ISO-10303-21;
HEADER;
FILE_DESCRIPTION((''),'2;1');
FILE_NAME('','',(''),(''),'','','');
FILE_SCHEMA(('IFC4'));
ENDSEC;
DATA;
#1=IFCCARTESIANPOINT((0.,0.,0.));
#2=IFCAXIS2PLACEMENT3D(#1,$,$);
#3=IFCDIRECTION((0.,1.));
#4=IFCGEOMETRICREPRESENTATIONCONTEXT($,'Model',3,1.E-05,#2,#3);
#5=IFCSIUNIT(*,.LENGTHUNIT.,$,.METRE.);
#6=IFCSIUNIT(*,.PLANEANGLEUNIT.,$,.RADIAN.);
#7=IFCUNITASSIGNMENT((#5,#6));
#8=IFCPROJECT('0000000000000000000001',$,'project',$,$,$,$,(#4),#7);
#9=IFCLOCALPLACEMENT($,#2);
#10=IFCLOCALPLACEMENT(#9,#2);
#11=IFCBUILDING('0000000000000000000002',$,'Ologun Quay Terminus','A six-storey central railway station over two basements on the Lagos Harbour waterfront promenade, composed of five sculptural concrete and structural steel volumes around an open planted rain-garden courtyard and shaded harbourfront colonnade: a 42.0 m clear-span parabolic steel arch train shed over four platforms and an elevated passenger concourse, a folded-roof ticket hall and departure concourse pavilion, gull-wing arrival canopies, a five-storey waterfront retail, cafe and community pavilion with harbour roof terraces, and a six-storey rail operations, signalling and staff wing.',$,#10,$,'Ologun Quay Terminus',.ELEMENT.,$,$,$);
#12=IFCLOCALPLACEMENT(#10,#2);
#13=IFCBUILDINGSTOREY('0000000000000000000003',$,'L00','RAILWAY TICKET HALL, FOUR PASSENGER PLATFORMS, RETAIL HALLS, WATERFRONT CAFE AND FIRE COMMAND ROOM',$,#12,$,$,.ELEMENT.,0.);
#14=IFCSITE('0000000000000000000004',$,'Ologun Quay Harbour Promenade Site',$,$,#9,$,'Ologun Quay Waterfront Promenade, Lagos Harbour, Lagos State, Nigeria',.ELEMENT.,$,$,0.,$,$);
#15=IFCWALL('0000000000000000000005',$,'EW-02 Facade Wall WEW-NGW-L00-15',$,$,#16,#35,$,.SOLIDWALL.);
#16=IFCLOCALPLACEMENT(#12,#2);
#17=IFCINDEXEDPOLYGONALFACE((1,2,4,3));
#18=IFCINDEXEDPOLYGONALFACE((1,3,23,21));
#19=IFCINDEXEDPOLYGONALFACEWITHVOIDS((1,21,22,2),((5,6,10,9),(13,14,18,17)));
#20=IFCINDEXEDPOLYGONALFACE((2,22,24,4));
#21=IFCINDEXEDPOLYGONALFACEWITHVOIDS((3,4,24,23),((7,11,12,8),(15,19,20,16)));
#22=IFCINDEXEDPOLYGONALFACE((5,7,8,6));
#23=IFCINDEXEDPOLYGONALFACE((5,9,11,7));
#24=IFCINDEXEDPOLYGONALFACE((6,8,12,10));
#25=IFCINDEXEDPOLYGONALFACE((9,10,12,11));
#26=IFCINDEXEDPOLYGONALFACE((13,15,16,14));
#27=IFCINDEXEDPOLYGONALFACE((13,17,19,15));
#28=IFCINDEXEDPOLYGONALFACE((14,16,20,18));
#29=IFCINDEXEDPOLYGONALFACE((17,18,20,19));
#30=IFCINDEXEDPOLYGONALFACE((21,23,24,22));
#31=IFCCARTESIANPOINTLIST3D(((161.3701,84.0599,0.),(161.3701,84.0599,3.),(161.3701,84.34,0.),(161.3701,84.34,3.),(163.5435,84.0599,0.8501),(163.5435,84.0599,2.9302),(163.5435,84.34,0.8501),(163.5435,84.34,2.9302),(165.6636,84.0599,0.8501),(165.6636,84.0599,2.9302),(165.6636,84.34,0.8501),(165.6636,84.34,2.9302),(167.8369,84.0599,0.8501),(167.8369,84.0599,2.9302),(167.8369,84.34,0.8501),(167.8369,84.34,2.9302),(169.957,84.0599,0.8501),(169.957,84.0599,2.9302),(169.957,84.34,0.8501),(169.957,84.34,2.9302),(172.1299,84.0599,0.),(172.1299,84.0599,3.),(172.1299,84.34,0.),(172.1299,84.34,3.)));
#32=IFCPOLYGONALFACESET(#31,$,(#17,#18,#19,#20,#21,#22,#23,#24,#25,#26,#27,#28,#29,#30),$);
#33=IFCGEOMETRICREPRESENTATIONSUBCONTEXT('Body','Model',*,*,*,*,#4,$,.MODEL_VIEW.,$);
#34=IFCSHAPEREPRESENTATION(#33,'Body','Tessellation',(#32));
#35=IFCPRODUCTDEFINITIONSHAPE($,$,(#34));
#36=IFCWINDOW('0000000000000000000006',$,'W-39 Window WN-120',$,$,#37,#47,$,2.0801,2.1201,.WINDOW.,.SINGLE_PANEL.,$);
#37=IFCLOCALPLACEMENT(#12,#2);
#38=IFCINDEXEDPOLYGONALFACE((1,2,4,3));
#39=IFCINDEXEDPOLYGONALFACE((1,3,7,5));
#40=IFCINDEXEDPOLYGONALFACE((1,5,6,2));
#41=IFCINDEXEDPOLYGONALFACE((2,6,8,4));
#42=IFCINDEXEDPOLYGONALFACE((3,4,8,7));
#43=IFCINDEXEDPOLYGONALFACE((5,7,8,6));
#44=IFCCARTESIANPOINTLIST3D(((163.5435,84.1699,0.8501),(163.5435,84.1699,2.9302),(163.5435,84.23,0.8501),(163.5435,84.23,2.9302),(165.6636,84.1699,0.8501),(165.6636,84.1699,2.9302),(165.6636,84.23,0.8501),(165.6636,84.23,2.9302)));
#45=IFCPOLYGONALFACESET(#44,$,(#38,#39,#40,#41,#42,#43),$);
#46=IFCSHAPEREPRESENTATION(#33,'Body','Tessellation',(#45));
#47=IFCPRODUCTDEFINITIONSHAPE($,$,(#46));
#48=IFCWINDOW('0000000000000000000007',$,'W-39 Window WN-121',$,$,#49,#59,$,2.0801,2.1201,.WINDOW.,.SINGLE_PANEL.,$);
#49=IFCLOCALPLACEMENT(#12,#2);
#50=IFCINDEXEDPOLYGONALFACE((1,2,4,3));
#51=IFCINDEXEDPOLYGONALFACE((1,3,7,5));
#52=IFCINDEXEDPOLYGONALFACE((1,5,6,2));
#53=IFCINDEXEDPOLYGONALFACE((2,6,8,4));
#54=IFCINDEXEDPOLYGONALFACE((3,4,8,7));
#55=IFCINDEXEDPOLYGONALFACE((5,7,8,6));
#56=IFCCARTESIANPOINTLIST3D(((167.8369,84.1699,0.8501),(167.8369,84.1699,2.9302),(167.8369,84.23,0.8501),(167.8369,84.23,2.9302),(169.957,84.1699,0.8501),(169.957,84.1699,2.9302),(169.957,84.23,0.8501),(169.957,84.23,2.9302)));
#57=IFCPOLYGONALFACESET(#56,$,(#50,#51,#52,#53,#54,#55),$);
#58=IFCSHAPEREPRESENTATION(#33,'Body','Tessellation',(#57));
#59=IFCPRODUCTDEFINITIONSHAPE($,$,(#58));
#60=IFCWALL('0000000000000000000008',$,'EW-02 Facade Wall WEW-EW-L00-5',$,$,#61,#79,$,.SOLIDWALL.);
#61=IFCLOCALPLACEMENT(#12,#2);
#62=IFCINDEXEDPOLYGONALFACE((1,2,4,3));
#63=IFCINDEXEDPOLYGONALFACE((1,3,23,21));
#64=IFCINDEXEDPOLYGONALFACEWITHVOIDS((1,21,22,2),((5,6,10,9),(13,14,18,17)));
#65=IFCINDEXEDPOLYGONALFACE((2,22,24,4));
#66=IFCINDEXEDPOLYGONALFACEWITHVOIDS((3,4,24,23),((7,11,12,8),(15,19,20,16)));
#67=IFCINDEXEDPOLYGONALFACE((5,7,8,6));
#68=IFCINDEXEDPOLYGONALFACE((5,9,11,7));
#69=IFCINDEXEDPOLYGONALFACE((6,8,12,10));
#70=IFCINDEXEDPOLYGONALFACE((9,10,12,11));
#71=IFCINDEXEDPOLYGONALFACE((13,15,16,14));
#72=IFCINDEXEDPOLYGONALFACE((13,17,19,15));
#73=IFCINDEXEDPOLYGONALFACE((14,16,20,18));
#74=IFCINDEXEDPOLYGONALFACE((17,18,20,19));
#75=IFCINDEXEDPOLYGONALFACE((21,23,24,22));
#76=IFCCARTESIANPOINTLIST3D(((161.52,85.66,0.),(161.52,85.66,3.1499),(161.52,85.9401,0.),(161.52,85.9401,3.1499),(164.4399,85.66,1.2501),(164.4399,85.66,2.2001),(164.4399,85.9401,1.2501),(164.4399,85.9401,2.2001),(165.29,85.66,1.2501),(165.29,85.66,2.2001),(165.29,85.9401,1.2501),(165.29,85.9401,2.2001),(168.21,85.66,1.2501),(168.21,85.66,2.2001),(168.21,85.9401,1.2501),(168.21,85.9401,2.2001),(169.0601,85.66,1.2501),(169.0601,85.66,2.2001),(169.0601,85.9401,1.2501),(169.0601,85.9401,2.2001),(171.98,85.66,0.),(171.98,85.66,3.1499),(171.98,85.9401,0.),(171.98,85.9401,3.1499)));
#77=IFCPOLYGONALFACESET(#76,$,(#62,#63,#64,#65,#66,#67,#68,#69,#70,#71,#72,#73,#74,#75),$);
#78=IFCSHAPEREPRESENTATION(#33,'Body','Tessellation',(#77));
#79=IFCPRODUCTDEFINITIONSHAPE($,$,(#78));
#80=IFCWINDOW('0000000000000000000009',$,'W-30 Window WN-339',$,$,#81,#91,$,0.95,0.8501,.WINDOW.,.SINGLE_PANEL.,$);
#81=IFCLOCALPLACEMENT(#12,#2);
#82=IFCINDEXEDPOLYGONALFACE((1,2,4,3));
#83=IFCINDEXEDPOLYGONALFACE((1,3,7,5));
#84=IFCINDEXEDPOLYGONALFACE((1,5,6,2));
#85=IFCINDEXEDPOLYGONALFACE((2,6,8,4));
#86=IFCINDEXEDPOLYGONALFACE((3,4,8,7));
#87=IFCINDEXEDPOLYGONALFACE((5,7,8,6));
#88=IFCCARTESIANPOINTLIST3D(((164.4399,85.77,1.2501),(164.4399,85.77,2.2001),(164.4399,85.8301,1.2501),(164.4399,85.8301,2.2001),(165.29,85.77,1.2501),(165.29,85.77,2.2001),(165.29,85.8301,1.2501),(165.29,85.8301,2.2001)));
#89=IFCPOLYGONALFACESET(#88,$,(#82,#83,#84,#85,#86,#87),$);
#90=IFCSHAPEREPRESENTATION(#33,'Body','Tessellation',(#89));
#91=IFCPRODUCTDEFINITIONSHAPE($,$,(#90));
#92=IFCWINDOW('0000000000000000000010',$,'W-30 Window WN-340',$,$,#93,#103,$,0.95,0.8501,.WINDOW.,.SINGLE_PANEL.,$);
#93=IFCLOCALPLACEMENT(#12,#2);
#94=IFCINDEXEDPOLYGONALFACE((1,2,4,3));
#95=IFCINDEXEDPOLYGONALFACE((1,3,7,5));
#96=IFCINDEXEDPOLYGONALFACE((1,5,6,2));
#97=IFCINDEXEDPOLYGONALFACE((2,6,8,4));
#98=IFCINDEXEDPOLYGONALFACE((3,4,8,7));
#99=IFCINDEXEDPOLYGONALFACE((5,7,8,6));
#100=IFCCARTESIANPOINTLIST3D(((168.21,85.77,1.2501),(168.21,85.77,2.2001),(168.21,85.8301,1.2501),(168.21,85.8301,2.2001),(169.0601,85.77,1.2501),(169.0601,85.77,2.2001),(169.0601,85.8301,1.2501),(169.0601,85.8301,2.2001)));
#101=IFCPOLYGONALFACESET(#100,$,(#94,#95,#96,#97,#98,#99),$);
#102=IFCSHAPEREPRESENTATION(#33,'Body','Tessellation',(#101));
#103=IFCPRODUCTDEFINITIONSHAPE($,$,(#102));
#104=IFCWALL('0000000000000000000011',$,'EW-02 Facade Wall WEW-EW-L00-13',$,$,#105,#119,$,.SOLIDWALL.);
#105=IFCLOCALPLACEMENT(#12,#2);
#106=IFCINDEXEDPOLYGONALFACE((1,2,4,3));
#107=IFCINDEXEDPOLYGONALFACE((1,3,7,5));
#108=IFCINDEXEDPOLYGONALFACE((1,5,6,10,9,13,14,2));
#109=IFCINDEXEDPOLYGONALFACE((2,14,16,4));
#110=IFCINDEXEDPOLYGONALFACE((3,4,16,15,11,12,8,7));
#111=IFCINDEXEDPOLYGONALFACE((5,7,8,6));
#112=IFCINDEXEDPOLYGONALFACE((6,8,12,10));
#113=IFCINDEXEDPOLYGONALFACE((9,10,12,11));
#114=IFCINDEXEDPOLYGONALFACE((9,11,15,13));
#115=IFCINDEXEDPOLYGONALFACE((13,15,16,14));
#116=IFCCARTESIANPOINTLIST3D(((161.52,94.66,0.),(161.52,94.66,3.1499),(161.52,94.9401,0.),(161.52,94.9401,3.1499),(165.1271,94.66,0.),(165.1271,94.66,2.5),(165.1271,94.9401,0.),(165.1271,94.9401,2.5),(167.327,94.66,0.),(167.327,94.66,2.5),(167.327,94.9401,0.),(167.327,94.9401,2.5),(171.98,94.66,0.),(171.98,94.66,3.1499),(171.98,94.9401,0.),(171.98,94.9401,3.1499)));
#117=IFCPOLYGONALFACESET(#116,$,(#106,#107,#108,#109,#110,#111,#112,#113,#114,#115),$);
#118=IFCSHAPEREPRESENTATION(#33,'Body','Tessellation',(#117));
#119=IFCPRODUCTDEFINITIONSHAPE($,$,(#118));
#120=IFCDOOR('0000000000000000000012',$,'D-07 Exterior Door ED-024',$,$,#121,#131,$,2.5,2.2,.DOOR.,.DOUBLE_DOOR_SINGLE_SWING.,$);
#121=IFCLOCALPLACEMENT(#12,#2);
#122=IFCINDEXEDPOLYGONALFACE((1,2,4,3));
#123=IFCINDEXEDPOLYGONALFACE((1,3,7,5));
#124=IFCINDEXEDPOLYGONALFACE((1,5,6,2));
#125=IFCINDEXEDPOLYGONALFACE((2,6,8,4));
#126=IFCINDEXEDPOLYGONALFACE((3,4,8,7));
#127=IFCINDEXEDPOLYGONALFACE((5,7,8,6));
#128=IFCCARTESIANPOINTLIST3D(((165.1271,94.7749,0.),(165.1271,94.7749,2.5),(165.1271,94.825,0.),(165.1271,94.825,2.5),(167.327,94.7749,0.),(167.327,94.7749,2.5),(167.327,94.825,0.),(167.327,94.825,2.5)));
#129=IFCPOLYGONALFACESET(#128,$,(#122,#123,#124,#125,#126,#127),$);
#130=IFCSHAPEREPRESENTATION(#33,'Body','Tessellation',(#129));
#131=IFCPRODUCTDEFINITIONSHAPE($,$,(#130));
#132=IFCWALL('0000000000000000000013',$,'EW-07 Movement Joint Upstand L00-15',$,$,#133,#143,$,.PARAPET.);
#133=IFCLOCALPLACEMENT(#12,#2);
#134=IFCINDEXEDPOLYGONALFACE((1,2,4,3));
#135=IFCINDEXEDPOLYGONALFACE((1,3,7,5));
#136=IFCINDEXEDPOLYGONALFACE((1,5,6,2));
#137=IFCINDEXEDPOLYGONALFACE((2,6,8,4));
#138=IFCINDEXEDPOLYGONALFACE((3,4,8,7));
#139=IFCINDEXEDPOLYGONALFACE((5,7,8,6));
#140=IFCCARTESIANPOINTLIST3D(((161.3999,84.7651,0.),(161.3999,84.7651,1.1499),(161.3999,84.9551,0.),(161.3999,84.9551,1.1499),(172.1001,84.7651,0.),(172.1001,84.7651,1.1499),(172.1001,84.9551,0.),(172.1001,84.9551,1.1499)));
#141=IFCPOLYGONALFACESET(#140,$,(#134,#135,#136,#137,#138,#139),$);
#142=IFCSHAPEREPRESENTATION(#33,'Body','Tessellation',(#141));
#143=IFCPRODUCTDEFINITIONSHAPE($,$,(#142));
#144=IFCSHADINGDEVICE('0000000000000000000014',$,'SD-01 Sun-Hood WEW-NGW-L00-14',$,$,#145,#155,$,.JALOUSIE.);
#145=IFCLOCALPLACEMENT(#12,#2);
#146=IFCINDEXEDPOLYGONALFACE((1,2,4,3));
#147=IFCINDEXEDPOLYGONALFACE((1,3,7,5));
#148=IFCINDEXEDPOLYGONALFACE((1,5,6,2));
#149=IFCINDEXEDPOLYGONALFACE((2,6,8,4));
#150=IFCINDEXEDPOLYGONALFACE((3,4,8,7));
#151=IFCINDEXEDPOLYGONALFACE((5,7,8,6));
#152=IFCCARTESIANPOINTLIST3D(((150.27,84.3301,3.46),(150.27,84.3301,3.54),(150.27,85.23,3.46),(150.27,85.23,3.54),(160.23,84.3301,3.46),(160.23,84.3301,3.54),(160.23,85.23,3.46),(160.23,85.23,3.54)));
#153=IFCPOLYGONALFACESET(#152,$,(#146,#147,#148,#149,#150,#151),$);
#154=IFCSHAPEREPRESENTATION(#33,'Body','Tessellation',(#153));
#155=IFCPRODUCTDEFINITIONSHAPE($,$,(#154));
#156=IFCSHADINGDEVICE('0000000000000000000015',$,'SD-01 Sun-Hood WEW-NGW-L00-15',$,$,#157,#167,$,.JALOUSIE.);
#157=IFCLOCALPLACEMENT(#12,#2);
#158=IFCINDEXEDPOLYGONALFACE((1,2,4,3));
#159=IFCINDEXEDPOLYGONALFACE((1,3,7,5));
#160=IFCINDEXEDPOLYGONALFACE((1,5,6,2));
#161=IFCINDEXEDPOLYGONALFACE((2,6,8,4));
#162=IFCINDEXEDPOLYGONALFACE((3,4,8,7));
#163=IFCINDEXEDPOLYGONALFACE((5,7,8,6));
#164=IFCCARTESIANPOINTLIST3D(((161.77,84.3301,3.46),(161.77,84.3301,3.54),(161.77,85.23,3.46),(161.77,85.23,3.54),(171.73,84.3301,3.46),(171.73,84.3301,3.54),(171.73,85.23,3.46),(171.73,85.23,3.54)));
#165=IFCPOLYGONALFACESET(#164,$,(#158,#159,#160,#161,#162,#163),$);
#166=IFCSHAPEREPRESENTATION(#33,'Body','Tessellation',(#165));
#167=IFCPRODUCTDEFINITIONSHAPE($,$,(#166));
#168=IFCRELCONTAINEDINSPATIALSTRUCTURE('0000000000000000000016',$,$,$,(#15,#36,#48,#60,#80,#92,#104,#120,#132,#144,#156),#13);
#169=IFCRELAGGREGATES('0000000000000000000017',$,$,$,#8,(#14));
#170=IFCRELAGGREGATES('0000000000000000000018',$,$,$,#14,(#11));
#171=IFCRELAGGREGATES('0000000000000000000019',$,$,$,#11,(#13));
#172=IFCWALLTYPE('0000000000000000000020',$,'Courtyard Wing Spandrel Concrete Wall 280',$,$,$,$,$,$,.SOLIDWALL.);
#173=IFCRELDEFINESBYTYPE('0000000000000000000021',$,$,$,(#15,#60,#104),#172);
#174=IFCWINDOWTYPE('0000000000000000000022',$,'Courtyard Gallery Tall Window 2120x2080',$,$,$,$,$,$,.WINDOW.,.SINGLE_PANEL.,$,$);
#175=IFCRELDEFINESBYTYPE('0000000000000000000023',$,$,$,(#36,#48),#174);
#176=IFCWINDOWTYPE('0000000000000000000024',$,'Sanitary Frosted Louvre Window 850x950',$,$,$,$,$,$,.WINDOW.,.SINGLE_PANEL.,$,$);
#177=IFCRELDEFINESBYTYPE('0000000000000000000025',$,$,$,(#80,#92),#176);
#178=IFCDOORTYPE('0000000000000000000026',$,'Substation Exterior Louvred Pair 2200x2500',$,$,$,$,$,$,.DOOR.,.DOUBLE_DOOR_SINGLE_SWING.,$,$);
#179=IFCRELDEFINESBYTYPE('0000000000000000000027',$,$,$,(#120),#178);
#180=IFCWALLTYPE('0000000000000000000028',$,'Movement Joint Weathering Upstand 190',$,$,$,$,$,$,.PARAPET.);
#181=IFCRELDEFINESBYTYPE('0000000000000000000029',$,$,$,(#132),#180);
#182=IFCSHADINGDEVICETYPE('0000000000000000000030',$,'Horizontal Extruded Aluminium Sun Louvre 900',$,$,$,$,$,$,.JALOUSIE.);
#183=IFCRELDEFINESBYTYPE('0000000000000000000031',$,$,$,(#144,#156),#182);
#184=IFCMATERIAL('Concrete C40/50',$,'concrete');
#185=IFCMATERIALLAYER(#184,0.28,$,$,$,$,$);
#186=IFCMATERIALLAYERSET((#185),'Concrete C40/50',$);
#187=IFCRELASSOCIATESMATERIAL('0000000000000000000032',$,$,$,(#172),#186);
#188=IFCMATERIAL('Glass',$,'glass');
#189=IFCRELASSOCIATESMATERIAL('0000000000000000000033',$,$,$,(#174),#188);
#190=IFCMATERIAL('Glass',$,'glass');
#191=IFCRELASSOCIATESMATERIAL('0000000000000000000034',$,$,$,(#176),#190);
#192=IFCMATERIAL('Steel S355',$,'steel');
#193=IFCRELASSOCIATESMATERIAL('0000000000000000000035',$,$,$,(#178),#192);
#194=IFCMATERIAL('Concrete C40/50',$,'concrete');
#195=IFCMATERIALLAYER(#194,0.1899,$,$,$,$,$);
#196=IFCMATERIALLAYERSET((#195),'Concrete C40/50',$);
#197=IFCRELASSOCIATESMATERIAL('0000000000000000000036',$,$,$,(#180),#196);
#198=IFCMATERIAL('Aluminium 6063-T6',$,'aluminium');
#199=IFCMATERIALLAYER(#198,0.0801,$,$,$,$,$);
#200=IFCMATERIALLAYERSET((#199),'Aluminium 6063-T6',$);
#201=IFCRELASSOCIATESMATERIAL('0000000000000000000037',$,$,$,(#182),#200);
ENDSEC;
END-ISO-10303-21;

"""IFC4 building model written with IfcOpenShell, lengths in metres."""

from ifc_helpers import new_model, si_unit, direction, frame, frame_2d, origin, origin_2d, place, context, subcontext, project, spatial, rectangle, extrude, material, layer, layer_set, type_object, element, fill, save


model = new_model("IFC4")

# Units and contexts
model_context = context("Model", 3, precision=1e-05, world=origin(), true_north=direction((0.0, 1.0)))
body_context = subcontext(model_context, "Body", "Model", "MODEL_VIEW")
ifc_project = project(units=[si_unit("LENGTHUNIT", "METRE"), si_unit("PLANEANGLEUNIT", "RADIAN")], contexts=[model_context])

# Site, building, storey
site_placement = place(None, origin())
site = spatial("IfcSite", under=ifc_project, at=site_placement, Name="Ologun Quay Harbour Promenade Site", LongName="Ologun Quay Waterfront Promenade, Lagos Harbour, Lagos State, Nigeria", CompositionType="ELEMENT", RefElevation=0.0)
building_placement = place(site_placement, origin())
building = spatial("IfcBuilding", under=site, at=building_placement, Name="Ologun Quay Terminus", Description="A six-storey central railway station over two basements on the Lagos Harbour waterfront promenade, composed of five sculptural concrete and structural steel volumes around an open planted rain-garden courtyard and shaded harbourfront colonnade: a 42.0 m clear-span parabolic steel arch train shed over four platforms and an elevated passenger concourse, a folded-roof ticket hall and departure concourse pavilion, gull-wing arrival canopies, a five-storey waterfront retail, cafe and community pavilion with harbour roof terraces, and a six-storey rail operations, signalling and staff wing.", LongName="Ologun Quay Terminus", CompositionType="ELEMENT")
storey_placement = place(building_placement, origin())
storey = spatial("IfcBuildingStorey", under=building, at=storey_placement, Name="L00", Description="RAILWAY TICKET HALL, FOUR PASSENGER PLATFORMS, RETAIL HALLS, WATERFRONT CAFE AND FIRE COMMAND ROOM", CompositionType="ELEMENT", Elevation=0.0)

# Walls, openings, windows
ifc_material_1 = material(Name="Concrete C40/50", Category="concrete")
ifc_layer_1 = layer(ifc_material_1, 0.28)
ifc_layer_set_1 = layer_set([ifc_layer_1], Name="Concrete C40/50")
wall_type_1 = type_object("IfcWallType", Name="Courtyard Wing Spandrel Concrete Wall 280", PredefinedType="SOLIDWALL", material=ifc_layer_set_1)
wall_1_placement = place(storey_placement, frame((161.3701, 84.2, 0.0), z_axis=(0.0, 0.0, 1.0), x_axis=(1.0, 0.0, 0.0)))
wall_1 = element("IfcWall", 1, at=wall_1_placement, inside=storey, type_object=wall_type_1, Name="EW-02 Facade Wall WEW-NGW-L00-15", PredefinedType="SOLIDWALL", context=body_context, shape_type="SweptSolid", body=[
    extrude(rectangle(XDim=10.7598, YDim=0.28, at=frame_2d((5.3799, 0.0))), origin(), (0.0, 0.0, 1.0), 3.0),
])
opening_1_placement = place(wall_1_placement, frame((2.1733, 0.0, 0.8501)))
opening_1 = element("IfcOpeningElement", 2, at=opening_1_placement, cuts=wall_1, PredefinedType="OPENING", context=body_context, shape_type="SweptSolid", body=[
    extrude(rectangle(XDim=2.1201, YDim=2.0801, at=frame_2d((1.0601, 1.04))), frame((0.0, 0.1499, 0.0), z_axis=(0.0, -1.0, 0.0), x_axis=(1.0, 0.0, 0.0)), (0.0, 0.0, 1.0), 0.3),
])
opening_2_placement = place(wall_1_placement, frame((6.4668, 0.0, 0.8501)))
opening_2 = element("IfcOpeningElement", 3, at=opening_2_placement, cuts=wall_1, PredefinedType="OPENING", context=body_context, shape_type="SweptSolid", body=[
    extrude(rectangle(XDim=2.1201, YDim=2.0801, at=frame_2d((1.0601, 1.04))), frame((0.0, 0.1499, 0.0), z_axis=(0.0, -1.0, 0.0), x_axis=(1.0, 0.0, 0.0)), (0.0, 0.0, 1.0), 0.3),
])
ifc_material_2 = material(Name="Glass", Category="glass")
window_type_1 = type_object("IfcWindowType", Name="Courtyard Gallery Tall Window 2120x2080", PartitioningType="SINGLE_PANEL", PredefinedType="WINDOW", material=ifc_material_2)
window_1_placement = place(opening_1_placement, origin())
window_1 = element("IfcWindow", 4, at=window_1_placement, inside=storey, type_object=window_type_1, Name="W-39 Window WN-120", OverallHeight=2.0801, OverallWidth=2.1201, PartitioningType="SINGLE_PANEL", PredefinedType="WINDOW", context=body_context, shape_type="SweptSolid", body=[
    extrude(rectangle(XDim=2.1201, YDim=2.0801, at=frame_2d((1.0601, 1.04))), frame((0.0, 0.03, 0.0), z_axis=(0.0, -1.0, 0.0), x_axis=(1.0, 0.0, 0.0)), (0.0, 0.0, 1.0), 0.0601),
])
fill(opening_1, window_1)
window_2_placement = place(opening_2_placement, origin())
window_2 = element("IfcWindow", 5, at=window_2_placement, inside=storey, type_object=window_type_1, Name="W-39 Window WN-121", OverallHeight=2.0801, OverallWidth=2.1201, PartitioningType="SINGLE_PANEL", PredefinedType="WINDOW", context=body_context, shape_type="SweptSolid", body=[
    extrude(rectangle(XDim=2.1201, YDim=2.0801, at=frame_2d((1.0601, 1.04))), frame((0.0, 0.03, 0.0), z_axis=(0.0, -1.0, 0.0), x_axis=(1.0, 0.0, 0.0)), (0.0, 0.0, 1.0), 0.0601),
])
fill(opening_2, window_2)
wall_2_placement = place(storey_placement, frame((161.52, 85.8, 0.0), z_axis=(0.0, 0.0, 1.0), x_axis=(1.0, 0.0, 0.0)))
wall_2 = element("IfcWall", 6, at=wall_2_placement, inside=storey, type_object=wall_type_1, Name="EW-02 Facade Wall WEW-EW-L00-5", PredefinedType="SOLIDWALL", context=body_context, shape_type="SweptSolid", body=[
    extrude(rectangle(XDim=10.46, YDim=0.28, at=frame_2d((5.23, 0.0))), origin(), (0.0, 0.0, 1.0), 3.1499),
])
opening_3_placement = place(wall_2_placement, frame((2.9199, 0.0, 1.25)))
opening_3 = element("IfcOpeningElement", 7, at=opening_3_placement, cuts=wall_2, PredefinedType="OPENING", context=body_context, shape_type="SweptSolid", body=[
    extrude(rectangle(XDim=0.8501, YDim=0.95, at=frame_2d((0.425, 0.4751))), frame((0.0, 0.1499, 0.0), z_axis=(0.0, -1.0, 0.0), x_axis=(1.0, 0.0, 0.0)), (0.0, 0.0, 1.0), 0.3),
])
opening_4_placement = place(wall_2_placement, frame((6.6899, 0.0, 1.25)))
opening_4 = element("IfcOpeningElement", 8, at=opening_4_placement, cuts=wall_2, PredefinedType="OPENING", context=body_context, shape_type="SweptSolid", body=[
    extrude(rectangle(XDim=0.8501, YDim=0.95, at=frame_2d((0.425, 0.4751))), frame((0.0, 0.1499, 0.0), z_axis=(0.0, -1.0, 0.0), x_axis=(1.0, 0.0, 0.0)), (0.0, 0.0, 1.0), 0.3),
])
ifc_material_3 = material(Name="Glass", Category="glass")
window_type_2 = type_object("IfcWindowType", Name="Sanitary Frosted Louvre Window 850x950", PartitioningType="SINGLE_PANEL", PredefinedType="WINDOW", material=ifc_material_3)
window_3_placement = place(opening_3_placement, origin())
window_3 = element("IfcWindow", 9, at=window_3_placement, inside=storey, type_object=window_type_2, Name="W-30 Window WN-339", OverallHeight=0.95, OverallWidth=0.8501, PartitioningType="SINGLE_PANEL", PredefinedType="WINDOW", context=body_context, shape_type="SweptSolid", body=[
    extrude(rectangle(XDim=0.8501, YDim=0.95, at=frame_2d((0.425, 0.4751))), frame((0.0, 0.03, 0.0), z_axis=(0.0, -1.0, 0.0), x_axis=(1.0, 0.0, 0.0)), (0.0, 0.0, 1.0), 0.0601),
])
fill(opening_3, window_3)
window_4_placement = place(opening_4_placement, origin())
window_4 = element("IfcWindow", 10, at=window_4_placement, inside=storey, type_object=window_type_2, Name="W-30 Window WN-340", OverallHeight=0.95, OverallWidth=0.8501, PartitioningType="SINGLE_PANEL", PredefinedType="WINDOW", context=body_context, shape_type="SweptSolid", body=[
    extrude(rectangle(XDim=0.8501, YDim=0.95, at=frame_2d((0.425, 0.4751))), frame((0.0, 0.03, 0.0), z_axis=(0.0, -1.0, 0.0), x_axis=(1.0, 0.0, 0.0)), (0.0, 0.0, 1.0), 0.0601),
])
fill(opening_4, window_4)

# Wall, opening, door
wall_3_placement = place(storey_placement, frame((161.52, 94.8, 0.0), z_axis=(0.0, 0.0, 1.0), x_axis=(1.0, 0.0, 0.0)))
wall_3 = element("IfcWall", 11, at=wall_3_placement, inside=storey, type_object=wall_type_1, Name="EW-02 Facade Wall WEW-EW-L00-13", PredefinedType="SOLIDWALL", context=body_context, shape_type="SweptSolid", body=[
    extrude(rectangle(XDim=10.46, YDim=0.28, at=frame_2d((5.23, 0.0))), origin(), (0.0, 0.0, 1.0), 3.1499),
])
opening_5_placement = place(wall_3_placement, frame((3.6069, 0.0, 0.0)))
opening_5 = element("IfcOpeningElement", 12, at=opening_5_placement, cuts=wall_3, PredefinedType="OPENING", context=body_context, shape_type="SweptSolid", body=[
    extrude(rectangle(XDim=2.2, YDim=2.5, at=frame_2d((1.1001, 1.25))), frame((0.0, 0.1499, 0.0), z_axis=(0.0, -1.0, 0.0), x_axis=(1.0, 0.0, 0.0)), (0.0, 0.0, 1.0), 0.3),
])
ifc_material_4 = material(Name="Steel S355", Category="steel")
door_type = type_object("IfcDoorType", Name="Substation Exterior Louvred Pair 2200x2500", OperationType="DOUBLE_DOOR_SINGLE_SWING", PredefinedType="DOOR", material=ifc_material_4)
door_placement = place(opening_5_placement, origin())
door = element("IfcDoor", 13, at=door_placement, inside=storey, type_object=door_type, Name="D-07 Exterior Door ED-024", OperationType="DOUBLE_DOOR_SINGLE_SWING", OverallHeight=2.5, OverallWidth=2.2, PredefinedType="DOOR", context=body_context, shape_type="SweptSolid", body=[
    extrude(rectangle(XDim=2.2, YDim=2.5, at=frame_2d((1.1001, 1.25))), frame((0.0, 0.0249, 0.0), z_axis=(0.0, -1.0, 0.0), x_axis=(1.0, 0.0, 0.0)), (0.0, 0.0, 1.0), 0.05),
])
fill(opening_5, door)

# Wall
ifc_material_5 = material(Name="Concrete C40/50", Category="concrete")
ifc_layer_2 = layer(ifc_material_5, 0.1899)
ifc_layer_set_2 = layer_set([ifc_layer_2], Name="Concrete C40/50")
wall_type_2 = type_object("IfcWallType", Name="Movement Joint Weathering Upstand 190", PredefinedType="PARAPET", material=ifc_layer_set_2)
wall_4_placement = place(storey_placement, frame((161.3999, 84.8601, 0.0), z_axis=(0.0, 0.0, 1.0), x_axis=(1.0, 0.0, 0.0)))
element("IfcWall", 14, at=wall_4_placement, inside=storey, type_object=wall_type_2, Name="EW-07 Movement Joint Upstand L00-15", PredefinedType="PARAPET", context=body_context, shape_type="SweptSolid", body=[
    extrude(rectangle(XDim=10.7002, YDim=0.1899, at=frame_2d((5.3501, 0.0))), origin(), (0.0, 0.0, 1.0), 1.1499),
])

# Shading devices
ifc_material_6 = material(Name="Aluminium 6063-T6", Category="aluminium")
ifc_layer_3 = layer(ifc_material_6, 0.0801)
ifc_layer_set_3 = layer_set([ifc_layer_3], Name="Aluminium 6063-T6")
shading_device_type_1 = type_object("IfcShadingDeviceType", Name="Horizontal Extruded Aluminium Sun Louvre 900", PredefinedType="JALOUSIE", material=ifc_layer_set_3)
for number, where, z_axis, x_axis, name in (
    (15, (155.25, 84.78, 3.46), (0.0, 0.0, 1.0), (1.0, 0.0, 0.0), "SD-01 Sun-Hood WEW-NGW-L00-14"),
    (16, (166.75, 84.78, 3.46), (0.0, 0.0, 1.0), (1.0, 0.0, 0.0), "SD-01 Sun-Hood WEW-NGW-L00-15"),
):
    element("IfcShadingDevice", number, at=place(storey_placement, frame(where, z_axis=z_axis, x_axis=x_axis)), inside=storey, type_object=shading_device_type_1, Name=name, PredefinedType="JALOUSIE", context=body_context, shape_type="SweptSolid", body=[
        extrude(rectangle(XDim=9.96, YDim=0.8999, at=origin_2d()), origin(), (0.0, 0.0, 1.0), 0.0801),
    ])

save(model, "model.ifc")
